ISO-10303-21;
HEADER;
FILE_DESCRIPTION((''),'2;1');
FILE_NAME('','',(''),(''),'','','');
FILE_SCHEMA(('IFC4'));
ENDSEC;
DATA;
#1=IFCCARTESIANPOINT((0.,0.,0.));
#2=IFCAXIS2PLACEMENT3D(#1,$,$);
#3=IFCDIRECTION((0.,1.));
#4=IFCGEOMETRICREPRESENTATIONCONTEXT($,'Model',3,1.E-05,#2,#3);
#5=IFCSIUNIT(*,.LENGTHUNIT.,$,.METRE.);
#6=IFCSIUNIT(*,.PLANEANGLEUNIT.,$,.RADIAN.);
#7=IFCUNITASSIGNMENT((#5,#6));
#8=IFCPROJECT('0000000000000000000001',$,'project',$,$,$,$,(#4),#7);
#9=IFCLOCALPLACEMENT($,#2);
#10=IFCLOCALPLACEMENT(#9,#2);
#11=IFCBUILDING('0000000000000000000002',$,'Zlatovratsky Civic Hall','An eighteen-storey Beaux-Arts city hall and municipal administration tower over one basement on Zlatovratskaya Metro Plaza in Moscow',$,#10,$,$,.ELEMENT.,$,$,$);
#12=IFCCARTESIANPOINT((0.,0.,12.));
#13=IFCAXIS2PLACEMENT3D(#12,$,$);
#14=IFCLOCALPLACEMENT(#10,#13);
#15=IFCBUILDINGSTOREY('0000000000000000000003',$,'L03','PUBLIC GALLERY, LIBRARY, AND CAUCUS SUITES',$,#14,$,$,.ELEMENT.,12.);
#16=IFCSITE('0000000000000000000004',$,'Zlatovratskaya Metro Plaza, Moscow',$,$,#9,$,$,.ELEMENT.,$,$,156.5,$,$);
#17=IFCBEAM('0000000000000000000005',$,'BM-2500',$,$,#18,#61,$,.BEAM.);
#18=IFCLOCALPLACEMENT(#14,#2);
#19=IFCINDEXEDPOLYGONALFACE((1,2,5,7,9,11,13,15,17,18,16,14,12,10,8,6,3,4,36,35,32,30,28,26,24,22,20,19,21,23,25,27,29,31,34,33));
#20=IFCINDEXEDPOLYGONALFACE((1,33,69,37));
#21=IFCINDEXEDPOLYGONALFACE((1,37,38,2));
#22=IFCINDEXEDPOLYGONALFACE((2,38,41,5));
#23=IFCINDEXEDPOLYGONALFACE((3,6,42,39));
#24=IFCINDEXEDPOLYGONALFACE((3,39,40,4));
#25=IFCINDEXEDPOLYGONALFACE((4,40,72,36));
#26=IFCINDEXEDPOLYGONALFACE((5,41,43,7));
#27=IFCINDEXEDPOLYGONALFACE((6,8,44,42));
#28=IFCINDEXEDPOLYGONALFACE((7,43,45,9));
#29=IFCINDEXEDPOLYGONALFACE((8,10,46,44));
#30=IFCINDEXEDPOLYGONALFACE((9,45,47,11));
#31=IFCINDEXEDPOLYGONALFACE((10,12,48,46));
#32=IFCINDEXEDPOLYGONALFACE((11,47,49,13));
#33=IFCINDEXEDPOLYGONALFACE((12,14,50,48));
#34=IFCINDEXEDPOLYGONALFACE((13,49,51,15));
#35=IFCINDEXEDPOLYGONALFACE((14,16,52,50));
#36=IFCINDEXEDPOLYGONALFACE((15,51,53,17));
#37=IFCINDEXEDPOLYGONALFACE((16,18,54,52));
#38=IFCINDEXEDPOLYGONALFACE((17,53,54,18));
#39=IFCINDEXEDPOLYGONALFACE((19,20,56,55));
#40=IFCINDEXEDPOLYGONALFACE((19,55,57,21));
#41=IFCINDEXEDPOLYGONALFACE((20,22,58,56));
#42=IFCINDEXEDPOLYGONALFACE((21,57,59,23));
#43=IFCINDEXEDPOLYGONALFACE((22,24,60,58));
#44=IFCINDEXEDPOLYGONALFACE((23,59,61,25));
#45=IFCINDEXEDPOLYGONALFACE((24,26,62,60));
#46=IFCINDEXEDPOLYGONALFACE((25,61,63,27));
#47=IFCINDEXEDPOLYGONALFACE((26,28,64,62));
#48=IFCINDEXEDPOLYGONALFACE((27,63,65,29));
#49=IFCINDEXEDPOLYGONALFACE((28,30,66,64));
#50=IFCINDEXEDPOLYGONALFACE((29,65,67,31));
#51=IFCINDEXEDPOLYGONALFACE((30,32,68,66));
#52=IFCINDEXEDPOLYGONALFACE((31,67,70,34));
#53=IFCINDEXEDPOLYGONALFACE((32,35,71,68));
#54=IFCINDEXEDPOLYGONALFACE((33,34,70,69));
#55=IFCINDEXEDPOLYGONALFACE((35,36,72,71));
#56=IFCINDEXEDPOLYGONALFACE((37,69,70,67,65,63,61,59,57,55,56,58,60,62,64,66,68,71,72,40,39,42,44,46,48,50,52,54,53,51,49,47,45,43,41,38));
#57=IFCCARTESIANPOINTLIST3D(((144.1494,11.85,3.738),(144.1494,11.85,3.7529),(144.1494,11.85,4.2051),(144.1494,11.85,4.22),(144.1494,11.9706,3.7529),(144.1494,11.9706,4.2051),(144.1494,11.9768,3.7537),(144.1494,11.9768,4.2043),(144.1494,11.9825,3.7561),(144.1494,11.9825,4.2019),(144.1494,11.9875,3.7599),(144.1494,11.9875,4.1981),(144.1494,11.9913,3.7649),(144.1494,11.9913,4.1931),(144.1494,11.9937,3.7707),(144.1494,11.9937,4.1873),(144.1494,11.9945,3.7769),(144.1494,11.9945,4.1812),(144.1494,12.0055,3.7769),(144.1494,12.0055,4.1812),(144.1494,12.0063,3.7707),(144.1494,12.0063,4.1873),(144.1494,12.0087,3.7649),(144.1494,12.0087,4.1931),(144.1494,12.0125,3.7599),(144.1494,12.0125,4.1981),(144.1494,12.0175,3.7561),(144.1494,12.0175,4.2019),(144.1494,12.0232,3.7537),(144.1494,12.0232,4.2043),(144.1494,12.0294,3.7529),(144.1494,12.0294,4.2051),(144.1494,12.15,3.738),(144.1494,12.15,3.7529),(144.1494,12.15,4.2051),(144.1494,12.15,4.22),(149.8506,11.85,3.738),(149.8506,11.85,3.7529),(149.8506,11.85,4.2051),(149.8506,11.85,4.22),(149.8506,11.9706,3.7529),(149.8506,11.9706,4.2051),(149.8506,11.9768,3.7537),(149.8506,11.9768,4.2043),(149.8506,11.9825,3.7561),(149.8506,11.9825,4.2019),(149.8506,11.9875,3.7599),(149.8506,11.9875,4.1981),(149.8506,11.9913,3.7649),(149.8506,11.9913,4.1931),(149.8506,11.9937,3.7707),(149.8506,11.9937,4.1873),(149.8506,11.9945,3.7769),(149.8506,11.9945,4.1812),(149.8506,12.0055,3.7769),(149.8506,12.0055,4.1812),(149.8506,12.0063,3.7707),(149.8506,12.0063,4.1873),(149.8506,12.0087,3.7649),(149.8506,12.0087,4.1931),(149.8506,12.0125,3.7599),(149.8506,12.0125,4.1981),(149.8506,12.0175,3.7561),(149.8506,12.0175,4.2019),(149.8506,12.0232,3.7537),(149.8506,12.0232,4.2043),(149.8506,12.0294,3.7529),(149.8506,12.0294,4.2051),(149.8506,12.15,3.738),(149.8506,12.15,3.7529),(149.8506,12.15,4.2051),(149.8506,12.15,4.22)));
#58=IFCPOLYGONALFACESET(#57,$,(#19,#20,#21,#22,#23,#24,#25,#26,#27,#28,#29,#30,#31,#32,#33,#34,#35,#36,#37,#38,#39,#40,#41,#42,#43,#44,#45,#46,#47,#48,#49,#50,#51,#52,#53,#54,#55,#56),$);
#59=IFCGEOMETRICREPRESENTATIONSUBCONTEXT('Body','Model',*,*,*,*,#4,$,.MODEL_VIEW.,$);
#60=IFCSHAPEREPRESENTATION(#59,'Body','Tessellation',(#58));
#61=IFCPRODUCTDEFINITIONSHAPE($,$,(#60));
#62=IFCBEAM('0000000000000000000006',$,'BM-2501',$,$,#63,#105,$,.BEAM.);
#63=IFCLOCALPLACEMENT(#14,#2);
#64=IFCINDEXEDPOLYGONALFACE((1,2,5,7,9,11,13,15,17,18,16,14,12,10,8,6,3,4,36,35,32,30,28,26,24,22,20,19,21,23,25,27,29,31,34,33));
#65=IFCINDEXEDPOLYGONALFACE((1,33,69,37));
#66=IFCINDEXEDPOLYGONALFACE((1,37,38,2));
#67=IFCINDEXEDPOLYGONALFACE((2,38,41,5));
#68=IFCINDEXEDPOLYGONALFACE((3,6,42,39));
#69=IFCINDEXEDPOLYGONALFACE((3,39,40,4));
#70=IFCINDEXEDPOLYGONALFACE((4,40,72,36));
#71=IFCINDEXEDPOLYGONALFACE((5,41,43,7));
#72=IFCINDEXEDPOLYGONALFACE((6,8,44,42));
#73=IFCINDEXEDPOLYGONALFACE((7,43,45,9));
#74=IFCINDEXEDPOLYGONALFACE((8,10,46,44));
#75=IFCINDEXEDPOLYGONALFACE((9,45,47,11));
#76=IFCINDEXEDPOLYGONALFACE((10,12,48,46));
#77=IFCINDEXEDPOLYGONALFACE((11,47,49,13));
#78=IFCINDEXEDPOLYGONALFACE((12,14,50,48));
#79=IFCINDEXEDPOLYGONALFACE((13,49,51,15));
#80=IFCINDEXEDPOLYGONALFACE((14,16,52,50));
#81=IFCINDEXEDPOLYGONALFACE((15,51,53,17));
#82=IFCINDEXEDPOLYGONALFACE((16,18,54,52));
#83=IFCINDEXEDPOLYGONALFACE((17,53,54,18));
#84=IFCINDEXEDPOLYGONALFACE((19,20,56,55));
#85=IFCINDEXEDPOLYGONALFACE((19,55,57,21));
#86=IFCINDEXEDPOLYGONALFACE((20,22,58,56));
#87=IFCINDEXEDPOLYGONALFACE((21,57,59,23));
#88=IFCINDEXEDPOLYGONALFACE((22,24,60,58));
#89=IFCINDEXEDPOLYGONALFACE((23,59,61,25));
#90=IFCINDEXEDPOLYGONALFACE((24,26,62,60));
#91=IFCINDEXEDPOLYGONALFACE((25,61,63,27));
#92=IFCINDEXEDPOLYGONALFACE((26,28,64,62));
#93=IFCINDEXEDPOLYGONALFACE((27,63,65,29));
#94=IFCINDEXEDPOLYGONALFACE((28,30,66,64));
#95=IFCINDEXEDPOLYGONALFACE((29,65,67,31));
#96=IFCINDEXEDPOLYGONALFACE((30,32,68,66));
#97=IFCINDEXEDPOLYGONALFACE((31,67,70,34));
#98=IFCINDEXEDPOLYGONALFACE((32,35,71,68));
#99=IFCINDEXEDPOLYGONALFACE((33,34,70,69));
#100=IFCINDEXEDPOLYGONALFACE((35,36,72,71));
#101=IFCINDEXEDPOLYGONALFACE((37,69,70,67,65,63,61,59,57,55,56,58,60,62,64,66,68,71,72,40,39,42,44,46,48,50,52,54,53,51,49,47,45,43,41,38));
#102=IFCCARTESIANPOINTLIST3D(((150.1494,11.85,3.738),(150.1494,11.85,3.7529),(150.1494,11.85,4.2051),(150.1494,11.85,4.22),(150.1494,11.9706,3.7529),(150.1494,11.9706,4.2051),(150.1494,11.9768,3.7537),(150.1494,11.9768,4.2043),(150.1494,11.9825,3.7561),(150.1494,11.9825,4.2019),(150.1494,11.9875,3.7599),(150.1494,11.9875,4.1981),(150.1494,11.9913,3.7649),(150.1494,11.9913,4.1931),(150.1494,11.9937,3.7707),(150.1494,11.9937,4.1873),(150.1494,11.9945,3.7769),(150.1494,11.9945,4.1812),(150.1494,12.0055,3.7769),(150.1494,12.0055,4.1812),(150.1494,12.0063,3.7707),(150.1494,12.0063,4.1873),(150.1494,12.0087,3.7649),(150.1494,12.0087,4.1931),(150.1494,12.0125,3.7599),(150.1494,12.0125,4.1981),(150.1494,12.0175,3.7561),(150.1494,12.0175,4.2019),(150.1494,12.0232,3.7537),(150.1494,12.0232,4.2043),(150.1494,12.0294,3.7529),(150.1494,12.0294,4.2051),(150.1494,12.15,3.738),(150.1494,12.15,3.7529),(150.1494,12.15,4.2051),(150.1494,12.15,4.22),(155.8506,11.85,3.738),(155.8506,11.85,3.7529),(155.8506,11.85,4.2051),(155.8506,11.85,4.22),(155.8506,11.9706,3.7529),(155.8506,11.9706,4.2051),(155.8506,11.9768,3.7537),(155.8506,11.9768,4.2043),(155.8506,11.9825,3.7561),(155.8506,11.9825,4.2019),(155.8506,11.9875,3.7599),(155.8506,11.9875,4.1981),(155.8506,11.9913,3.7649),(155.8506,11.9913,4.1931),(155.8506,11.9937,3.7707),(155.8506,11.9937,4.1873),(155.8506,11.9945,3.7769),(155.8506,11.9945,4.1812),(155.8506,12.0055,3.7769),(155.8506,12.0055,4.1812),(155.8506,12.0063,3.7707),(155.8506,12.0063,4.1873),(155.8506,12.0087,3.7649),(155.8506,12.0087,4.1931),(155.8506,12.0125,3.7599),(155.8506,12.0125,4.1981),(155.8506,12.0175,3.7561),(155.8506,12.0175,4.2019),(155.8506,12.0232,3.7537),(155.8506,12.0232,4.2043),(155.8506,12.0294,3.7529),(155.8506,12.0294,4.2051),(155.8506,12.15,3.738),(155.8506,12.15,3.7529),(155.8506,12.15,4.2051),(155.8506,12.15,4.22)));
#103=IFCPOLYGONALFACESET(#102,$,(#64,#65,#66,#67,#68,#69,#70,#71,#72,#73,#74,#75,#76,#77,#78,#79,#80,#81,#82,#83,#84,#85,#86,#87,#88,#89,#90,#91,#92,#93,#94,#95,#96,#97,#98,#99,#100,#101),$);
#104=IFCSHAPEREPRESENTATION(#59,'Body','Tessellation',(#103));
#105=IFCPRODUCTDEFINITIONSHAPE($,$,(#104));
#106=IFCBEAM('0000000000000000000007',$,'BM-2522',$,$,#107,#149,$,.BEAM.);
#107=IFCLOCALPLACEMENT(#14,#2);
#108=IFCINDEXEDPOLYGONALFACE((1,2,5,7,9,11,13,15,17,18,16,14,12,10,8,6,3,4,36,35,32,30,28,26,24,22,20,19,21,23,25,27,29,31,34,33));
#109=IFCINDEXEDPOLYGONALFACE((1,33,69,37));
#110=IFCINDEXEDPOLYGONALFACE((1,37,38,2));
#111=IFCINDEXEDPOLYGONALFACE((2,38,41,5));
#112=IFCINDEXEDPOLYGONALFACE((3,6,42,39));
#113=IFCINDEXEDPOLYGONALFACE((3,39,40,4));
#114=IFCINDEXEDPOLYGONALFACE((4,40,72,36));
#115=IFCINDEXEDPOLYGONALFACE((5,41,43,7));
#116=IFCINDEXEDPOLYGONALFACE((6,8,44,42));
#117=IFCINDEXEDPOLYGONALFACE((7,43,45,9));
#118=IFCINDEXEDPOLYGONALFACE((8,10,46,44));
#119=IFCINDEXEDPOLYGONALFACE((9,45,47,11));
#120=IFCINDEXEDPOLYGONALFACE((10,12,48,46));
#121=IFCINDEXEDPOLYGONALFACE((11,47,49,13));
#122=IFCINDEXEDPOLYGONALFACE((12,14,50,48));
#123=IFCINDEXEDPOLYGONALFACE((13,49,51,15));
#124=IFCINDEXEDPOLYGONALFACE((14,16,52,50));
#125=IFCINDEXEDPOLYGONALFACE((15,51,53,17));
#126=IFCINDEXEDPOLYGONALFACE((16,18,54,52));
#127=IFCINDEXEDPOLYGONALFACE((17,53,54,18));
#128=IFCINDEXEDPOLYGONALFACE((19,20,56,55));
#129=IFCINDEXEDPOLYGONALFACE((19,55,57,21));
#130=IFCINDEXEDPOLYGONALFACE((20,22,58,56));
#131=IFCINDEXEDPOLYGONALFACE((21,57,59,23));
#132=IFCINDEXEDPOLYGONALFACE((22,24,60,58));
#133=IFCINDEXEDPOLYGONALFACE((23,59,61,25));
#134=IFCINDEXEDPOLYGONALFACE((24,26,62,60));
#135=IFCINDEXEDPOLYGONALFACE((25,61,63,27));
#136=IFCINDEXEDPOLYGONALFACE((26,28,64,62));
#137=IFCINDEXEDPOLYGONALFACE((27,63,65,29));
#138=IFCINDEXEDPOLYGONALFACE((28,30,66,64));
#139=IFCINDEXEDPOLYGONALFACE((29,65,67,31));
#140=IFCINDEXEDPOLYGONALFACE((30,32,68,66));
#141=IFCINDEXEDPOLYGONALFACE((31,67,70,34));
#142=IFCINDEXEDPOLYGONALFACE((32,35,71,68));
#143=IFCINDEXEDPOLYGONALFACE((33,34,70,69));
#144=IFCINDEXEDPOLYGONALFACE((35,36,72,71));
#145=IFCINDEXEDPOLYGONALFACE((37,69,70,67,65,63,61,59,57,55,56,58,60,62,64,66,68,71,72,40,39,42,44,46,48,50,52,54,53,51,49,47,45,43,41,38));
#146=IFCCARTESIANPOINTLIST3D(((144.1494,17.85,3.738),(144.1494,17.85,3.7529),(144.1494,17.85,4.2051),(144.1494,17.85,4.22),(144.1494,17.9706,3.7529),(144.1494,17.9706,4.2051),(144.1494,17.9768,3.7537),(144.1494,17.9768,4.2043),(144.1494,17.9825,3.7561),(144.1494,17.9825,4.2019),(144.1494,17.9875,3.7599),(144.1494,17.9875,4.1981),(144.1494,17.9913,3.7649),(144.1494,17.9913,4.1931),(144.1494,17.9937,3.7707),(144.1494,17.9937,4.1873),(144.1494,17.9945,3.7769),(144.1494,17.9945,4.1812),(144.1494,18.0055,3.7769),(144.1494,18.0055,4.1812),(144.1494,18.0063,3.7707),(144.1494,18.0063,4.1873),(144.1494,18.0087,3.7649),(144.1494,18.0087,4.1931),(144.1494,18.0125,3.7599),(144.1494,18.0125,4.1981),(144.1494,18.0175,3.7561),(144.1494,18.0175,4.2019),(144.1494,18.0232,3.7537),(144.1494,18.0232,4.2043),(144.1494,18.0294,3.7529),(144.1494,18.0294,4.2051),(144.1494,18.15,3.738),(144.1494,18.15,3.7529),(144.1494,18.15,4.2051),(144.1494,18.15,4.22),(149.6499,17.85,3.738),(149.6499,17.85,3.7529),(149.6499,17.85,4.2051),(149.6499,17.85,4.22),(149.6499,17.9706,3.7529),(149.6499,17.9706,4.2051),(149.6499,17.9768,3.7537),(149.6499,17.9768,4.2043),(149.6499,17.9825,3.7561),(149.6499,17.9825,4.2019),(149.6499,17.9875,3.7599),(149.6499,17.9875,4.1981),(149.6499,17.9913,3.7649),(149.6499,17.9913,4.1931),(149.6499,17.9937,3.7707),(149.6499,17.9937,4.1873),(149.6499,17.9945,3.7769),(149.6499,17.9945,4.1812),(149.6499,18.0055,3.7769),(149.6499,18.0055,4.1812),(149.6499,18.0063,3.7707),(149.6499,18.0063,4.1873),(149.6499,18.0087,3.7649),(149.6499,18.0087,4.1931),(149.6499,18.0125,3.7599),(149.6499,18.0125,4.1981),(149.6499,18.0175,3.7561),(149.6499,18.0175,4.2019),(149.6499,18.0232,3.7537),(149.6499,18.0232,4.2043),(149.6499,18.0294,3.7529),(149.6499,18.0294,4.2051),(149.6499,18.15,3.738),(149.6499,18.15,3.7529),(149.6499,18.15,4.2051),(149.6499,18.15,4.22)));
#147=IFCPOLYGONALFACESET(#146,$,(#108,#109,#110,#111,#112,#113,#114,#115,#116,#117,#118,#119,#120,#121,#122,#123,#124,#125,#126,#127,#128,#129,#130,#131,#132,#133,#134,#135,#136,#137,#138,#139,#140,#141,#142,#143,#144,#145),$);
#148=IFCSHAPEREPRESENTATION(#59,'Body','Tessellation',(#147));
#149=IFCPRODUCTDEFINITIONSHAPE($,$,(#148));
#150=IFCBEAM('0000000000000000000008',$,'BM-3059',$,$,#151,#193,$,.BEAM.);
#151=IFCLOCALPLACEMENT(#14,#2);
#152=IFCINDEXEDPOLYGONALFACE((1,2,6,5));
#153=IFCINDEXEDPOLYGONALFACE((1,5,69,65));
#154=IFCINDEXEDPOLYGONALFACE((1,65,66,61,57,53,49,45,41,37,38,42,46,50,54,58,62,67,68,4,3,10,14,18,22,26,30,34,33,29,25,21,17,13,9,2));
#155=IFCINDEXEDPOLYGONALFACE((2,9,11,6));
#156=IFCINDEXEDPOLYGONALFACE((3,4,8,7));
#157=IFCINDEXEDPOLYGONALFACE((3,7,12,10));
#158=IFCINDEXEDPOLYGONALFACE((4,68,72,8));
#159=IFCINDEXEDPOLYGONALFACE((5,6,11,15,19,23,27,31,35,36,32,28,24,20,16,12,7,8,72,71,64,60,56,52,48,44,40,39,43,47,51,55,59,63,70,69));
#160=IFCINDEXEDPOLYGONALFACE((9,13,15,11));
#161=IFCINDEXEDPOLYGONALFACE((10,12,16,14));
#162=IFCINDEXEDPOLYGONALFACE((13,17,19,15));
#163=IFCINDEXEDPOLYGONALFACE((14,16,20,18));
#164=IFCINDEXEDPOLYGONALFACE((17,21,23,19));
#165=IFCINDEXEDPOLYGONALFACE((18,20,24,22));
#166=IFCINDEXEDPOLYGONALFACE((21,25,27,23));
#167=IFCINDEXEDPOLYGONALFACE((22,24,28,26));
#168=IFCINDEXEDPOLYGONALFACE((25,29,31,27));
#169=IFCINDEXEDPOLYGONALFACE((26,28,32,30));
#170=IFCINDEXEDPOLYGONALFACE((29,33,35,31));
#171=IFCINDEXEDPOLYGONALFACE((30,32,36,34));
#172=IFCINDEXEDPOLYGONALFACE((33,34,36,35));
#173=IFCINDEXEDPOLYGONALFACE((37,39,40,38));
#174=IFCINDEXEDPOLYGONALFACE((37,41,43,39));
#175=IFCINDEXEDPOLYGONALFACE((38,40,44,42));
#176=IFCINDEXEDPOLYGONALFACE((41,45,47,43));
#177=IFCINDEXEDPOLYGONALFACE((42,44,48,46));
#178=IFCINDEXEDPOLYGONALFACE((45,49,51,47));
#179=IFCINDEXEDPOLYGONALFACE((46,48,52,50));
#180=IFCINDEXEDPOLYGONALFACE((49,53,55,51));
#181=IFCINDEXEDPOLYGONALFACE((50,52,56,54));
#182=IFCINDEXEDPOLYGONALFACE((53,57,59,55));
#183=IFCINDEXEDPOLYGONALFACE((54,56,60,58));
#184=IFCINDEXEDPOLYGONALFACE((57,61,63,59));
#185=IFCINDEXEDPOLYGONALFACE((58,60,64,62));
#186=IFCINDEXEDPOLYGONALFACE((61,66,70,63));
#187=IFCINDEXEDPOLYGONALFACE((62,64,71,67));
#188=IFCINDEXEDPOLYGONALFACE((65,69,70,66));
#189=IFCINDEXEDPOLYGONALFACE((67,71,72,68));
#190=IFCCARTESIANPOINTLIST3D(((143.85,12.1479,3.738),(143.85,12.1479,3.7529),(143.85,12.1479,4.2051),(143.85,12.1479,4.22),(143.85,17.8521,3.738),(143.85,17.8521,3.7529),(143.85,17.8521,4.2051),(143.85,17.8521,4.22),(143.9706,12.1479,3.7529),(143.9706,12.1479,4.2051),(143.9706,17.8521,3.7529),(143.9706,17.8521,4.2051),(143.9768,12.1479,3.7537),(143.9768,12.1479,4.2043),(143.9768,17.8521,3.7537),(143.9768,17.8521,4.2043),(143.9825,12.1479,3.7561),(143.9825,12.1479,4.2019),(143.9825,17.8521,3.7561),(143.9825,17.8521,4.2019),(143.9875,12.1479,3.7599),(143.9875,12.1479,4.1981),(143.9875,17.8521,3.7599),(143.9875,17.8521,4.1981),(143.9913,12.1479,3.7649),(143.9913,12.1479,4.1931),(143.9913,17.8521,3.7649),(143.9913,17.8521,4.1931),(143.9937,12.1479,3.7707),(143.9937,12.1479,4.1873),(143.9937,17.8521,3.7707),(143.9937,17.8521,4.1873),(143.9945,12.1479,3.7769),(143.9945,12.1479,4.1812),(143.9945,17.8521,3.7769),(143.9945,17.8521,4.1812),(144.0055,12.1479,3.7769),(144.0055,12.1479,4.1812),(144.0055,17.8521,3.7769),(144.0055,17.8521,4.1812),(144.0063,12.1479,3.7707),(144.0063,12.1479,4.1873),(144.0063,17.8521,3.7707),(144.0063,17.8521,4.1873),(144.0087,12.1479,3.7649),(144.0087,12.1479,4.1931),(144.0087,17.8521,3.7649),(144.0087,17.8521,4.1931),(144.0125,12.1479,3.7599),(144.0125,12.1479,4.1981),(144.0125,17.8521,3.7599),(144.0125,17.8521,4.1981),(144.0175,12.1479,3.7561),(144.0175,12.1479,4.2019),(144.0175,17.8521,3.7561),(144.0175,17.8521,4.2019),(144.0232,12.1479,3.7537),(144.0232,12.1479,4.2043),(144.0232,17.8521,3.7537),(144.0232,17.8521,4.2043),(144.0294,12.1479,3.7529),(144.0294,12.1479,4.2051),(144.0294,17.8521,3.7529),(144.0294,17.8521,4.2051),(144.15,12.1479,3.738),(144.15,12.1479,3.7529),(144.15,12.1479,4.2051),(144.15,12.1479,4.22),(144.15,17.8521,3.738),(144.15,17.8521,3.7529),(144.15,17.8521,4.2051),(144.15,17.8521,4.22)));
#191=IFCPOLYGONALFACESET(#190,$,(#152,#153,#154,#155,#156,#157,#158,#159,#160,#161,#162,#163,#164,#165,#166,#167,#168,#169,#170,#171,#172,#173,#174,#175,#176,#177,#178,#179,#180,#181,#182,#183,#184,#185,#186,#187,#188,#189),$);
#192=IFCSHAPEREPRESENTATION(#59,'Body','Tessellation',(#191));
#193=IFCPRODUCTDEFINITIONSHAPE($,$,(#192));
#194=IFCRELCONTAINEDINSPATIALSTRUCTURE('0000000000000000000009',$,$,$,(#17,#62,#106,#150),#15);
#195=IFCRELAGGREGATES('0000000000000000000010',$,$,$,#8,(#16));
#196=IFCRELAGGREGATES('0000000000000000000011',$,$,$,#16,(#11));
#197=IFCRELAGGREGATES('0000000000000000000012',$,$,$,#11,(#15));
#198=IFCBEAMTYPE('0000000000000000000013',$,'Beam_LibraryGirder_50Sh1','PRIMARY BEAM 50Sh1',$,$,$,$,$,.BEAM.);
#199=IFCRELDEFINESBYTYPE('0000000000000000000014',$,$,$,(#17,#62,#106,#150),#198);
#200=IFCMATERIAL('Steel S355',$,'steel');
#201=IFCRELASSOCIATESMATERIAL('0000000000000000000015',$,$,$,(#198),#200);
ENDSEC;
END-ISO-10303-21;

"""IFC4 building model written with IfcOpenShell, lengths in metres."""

from ifc_helpers import new_model, si_unit, direction, frame, origin, origin_2d, place, context, subcontext, project, spatial, i_section, extrude, material, material_profile, profile_set, type_object, element, save


model = new_model("IFC4")

# Units and contexts
model_context = context("Model", 3, precision=1e-05, world=origin(), true_north=direction((0.0, 1.0)))
body_context = subcontext(model_context, "Body", "Model", "MODEL_VIEW")
ifc_project = project(units=[si_unit("LENGTHUNIT", "METRE"), si_unit("PLANEANGLEUNIT", "RADIAN")], contexts=[model_context])

# Site, building, storey
site_placement = place(None, origin())
site = spatial("IfcSite", under=ifc_project, at=site_placement, Name="Zlatovratskaya Metro Plaza, Moscow", CompositionType="ELEMENT", RefElevation=156.5)
building_placement = place(site_placement, origin())
building = spatial("IfcBuilding", under=site, at=building_placement, Name="Zlatovratsky Civic Hall", Description="An eighteen-storey Beaux-Arts city hall and municipal administration tower over one basement on Zlatovratskaya Metro Plaza in Moscow", CompositionType="ELEMENT")
storey_placement = place(building_placement, frame((0.0, 0.0, 12.0)))
storey = spatial("IfcBuildingStorey", under=building, at=storey_placement, Name="L03", Description="PUBLIC GALLERY, LIBRARY, AND CAUCUS SUITES", CompositionType="ELEMENT", Elevation=12.0)

# Shared definitions
ifc_material_1 = material(Name="Steel S355", Category="steel")

# Beams
ifc_material_profile_1 = material_profile(ifc_material_1, i_section(OverallWidth=0.3, OverallDepth=0.4819, WebThickness=0.011, FlangeThickness=0.0149, FilletRadius=0.0239, at=origin_2d()), Name="50Sh1")
ifc_profile_set_1 = profile_set([ifc_material_profile_1], Name="Steel S355")
beam_type_1 = type_object("IfcBeamType", Name="Beam_LibraryGirder_50Sh1", Description="PRIMARY BEAM 50Sh1", PredefinedType="BEAM", material=ifc_profile_set_1)
for number, where, z_axis, x_axis, name in (
    (1, (144.1494, 12.0, 3.979), (1.0, 0.0, 0.0), (0.0, 1.0, 0.0), "BM-2500"),
    (2, (150.1494, 12.0, 3.979), (1.0, 0.0, 0.0), (0.0, 1.0, 0.0), "BM-2501"),
):
    element("IfcBeam", number, at=place(storey_placement, frame(where, z_axis=z_axis, x_axis=x_axis)), inside=storey, type_object=beam_type_1, Name=name, PredefinedType="BEAM", context=body_context, shape_type="SweptSolid", body=[
        extrude(i_section(OverallWidth=0.3, OverallDepth=0.4819, WebThickness=0.011, FlangeThickness=0.0149, FilletRadius=0.0239, at=origin_2d()), origin(), (0.0, 0.0, 1.0), 5.7012),
    ])
beam_1_placement = place(storey_placement, frame((144.1494, 18.0, 3.979), z_axis=(1.0, 0.0, 0.0), x_axis=(0.0, 1.0, 0.0)))
element("IfcBeam", 3, at=beam_1_placement, inside=storey, type_object=beam_type_1, Name="BM-2522", PredefinedType="BEAM", context=body_context, shape_type="SweptSolid", body=[
    extrude(i_section(OverallWidth=0.3, OverallDepth=0.4819, WebThickness=0.011, FlangeThickness=0.0149, FilletRadius=0.0239, at=origin_2d()), origin(), (0.0, 0.0, 1.0), 5.5005),
])
beam_2_placement = place(storey_placement, frame((144.0, 12.1479, 3.979), z_axis=(0.0, 1.0, 0.0), x_axis=(-1.0, 0.0, 0.0)))
element("IfcBeam", 4, at=beam_2_placement, inside=storey, type_object=beam_type_1, Name="BM-3059", PredefinedType="BEAM", context=body_context, shape_type="SweptSolid", body=[
    extrude(i_section(OverallWidth=0.3, OverallDepth=0.4819, WebThickness=0.011, FlangeThickness=0.0149, FilletRadius=0.0239, at=origin_2d()), origin(), (0.0, 0.0, 1.0), 5.7041),
])

save(model, "model.ifc")
